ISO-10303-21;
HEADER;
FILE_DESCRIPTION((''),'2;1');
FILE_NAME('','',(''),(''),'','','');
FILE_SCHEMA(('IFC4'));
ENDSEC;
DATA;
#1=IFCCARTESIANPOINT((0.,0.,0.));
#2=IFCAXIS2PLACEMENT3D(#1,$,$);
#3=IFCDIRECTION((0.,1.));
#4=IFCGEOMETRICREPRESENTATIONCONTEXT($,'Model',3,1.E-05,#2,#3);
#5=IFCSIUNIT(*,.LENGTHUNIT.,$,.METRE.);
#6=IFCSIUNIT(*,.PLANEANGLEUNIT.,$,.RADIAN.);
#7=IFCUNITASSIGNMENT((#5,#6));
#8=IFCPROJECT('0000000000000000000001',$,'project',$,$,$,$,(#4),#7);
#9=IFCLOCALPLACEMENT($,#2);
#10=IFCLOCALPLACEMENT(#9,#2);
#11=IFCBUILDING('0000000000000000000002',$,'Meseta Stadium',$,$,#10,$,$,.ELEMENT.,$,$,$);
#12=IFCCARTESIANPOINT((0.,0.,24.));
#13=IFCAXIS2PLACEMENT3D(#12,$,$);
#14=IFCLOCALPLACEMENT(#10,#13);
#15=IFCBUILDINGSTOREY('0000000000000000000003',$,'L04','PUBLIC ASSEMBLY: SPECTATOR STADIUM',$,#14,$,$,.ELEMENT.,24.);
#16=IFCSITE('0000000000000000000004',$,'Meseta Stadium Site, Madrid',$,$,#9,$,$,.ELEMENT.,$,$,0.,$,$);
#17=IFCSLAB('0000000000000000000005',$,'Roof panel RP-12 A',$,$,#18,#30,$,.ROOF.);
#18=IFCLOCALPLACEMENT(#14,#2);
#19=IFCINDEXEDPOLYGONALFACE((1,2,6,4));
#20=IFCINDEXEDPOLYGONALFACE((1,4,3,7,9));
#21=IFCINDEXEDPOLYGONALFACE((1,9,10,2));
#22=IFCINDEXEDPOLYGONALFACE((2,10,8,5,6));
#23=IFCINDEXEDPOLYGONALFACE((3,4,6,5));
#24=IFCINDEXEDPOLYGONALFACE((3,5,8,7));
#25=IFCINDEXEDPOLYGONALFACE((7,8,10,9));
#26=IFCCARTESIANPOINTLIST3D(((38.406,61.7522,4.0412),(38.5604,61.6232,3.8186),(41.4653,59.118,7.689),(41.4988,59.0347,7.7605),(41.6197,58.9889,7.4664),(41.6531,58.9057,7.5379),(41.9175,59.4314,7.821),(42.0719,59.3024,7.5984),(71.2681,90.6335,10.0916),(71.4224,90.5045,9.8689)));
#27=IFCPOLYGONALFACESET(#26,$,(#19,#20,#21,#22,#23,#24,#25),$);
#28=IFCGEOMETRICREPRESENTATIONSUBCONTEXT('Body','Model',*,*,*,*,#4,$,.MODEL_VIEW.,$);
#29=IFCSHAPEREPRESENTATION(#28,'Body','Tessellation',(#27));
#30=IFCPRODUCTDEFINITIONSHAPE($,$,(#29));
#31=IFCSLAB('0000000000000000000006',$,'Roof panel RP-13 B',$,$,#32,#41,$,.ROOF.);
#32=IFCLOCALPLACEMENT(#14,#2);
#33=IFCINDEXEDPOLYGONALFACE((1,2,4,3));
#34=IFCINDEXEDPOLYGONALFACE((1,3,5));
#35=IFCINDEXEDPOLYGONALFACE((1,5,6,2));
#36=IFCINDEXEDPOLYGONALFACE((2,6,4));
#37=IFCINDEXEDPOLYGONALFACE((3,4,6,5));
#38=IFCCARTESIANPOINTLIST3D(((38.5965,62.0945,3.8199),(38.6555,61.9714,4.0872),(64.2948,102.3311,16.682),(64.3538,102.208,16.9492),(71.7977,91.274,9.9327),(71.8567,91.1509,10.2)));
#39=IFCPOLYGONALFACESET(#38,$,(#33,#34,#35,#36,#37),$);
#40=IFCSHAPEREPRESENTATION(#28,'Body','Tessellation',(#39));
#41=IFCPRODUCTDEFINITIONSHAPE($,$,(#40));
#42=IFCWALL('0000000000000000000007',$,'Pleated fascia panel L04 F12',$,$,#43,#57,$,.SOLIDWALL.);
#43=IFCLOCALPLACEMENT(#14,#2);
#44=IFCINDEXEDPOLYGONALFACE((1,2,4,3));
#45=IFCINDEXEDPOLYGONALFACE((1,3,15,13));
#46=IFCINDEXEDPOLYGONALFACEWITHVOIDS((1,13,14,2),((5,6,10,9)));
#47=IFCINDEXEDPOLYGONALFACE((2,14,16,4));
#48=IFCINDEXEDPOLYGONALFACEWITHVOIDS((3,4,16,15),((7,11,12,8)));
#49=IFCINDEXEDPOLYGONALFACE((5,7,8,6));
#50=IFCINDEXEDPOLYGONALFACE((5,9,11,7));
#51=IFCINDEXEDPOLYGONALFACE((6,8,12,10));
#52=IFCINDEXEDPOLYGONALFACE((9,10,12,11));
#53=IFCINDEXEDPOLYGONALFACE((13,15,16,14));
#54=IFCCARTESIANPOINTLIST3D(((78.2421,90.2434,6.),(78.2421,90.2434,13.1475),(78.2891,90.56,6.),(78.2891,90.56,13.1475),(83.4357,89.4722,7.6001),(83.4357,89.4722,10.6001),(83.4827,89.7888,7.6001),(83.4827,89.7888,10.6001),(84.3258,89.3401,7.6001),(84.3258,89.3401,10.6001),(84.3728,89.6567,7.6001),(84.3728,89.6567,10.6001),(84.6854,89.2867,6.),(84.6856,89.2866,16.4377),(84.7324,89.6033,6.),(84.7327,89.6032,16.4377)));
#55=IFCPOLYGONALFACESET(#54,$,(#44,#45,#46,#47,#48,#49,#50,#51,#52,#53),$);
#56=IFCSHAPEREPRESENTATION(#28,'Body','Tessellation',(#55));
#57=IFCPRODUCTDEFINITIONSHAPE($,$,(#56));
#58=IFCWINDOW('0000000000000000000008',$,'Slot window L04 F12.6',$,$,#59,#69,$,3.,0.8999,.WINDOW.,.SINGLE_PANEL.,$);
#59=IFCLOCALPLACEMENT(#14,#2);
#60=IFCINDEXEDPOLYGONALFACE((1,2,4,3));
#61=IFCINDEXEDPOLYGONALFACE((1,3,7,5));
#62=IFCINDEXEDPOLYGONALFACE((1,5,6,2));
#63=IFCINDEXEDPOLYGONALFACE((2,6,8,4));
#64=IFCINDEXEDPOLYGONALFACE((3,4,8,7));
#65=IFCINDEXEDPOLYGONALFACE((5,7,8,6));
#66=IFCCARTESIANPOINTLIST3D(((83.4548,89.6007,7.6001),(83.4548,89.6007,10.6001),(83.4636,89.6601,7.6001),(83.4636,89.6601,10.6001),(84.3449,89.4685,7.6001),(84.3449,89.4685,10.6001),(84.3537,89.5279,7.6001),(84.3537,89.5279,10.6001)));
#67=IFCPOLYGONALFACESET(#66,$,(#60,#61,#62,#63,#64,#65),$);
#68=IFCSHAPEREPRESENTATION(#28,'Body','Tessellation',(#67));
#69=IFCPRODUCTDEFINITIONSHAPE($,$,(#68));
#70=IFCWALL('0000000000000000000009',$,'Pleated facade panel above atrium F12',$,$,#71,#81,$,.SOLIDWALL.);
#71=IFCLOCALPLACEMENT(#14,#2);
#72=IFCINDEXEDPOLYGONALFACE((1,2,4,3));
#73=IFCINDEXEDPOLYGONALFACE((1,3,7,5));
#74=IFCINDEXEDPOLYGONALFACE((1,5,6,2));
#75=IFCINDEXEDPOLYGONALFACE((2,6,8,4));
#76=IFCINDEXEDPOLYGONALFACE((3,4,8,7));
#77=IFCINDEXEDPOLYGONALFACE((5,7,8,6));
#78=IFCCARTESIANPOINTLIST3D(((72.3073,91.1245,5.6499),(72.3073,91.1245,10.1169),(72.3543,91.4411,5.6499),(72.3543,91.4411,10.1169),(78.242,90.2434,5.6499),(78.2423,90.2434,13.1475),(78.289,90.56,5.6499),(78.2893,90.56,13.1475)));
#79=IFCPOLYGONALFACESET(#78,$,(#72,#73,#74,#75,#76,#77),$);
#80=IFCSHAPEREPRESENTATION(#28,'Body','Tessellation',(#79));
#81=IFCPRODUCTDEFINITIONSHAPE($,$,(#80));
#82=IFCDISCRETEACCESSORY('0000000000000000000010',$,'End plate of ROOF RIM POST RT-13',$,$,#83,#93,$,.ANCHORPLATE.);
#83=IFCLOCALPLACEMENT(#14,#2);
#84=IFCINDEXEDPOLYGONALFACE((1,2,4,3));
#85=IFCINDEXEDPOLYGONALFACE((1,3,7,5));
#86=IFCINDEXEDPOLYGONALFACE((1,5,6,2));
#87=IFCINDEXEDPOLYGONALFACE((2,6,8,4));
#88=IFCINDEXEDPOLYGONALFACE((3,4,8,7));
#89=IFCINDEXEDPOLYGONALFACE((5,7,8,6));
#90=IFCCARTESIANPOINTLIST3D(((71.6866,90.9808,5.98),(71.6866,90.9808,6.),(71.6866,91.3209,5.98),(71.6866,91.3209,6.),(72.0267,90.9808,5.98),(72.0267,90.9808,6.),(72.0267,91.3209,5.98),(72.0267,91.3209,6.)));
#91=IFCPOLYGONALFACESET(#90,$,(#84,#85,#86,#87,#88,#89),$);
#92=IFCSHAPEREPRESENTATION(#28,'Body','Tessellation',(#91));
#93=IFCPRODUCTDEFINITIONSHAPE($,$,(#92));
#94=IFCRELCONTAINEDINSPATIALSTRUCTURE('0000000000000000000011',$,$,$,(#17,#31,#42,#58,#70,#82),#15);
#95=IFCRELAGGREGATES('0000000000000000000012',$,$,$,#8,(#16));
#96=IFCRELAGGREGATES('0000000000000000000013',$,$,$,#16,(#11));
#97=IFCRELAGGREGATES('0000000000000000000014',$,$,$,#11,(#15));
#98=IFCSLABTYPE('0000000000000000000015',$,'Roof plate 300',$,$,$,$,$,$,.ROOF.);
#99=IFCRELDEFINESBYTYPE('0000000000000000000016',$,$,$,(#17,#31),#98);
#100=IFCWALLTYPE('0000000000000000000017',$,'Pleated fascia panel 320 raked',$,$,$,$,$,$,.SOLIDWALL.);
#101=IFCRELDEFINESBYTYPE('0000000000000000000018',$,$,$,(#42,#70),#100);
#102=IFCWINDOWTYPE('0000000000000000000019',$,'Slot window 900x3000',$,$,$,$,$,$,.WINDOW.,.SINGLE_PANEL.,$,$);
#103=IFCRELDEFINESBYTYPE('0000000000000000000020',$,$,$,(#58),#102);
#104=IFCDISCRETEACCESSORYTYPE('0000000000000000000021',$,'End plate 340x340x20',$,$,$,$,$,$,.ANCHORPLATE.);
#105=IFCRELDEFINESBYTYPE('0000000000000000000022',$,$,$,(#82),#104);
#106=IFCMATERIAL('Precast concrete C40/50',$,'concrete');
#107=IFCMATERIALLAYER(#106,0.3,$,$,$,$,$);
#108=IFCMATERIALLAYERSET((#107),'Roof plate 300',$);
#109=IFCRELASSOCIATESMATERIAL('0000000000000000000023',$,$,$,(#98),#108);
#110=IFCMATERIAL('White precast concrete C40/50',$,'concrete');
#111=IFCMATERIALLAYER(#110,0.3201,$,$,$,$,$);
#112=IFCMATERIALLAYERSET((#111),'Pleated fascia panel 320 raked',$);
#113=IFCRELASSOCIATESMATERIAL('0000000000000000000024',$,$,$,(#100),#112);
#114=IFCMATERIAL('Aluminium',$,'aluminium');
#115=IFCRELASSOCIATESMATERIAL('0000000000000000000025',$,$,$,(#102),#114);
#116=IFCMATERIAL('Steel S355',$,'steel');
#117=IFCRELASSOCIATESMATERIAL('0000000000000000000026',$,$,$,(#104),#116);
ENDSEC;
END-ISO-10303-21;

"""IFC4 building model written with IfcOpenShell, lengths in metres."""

from ifc_helpers import new_model, si_unit, direction, frame, frame_2d, origin, origin_2d, place, context, subcontext, project, spatial, polyline, rectangle, outline, extrude, material, layer, layer_set, material_profile, profile_set, type_object, element, fill, save


model = new_model("IFC4")

# Units and contexts
model_context = context("Model", 3, precision=1e-05, world=origin(), true_north=direction((0.0, 1.0)))
body_context = subcontext(model_context, "Body", "Model", "MODEL_VIEW")
ifc_project = project(units=[si_unit("LENGTHUNIT", "METRE"), si_unit("PLANEANGLEUNIT", "RADIAN")], contexts=[model_context])

# Site, building, storey
site_placement = place(None, origin())
site = spatial("IfcSite", under=ifc_project, at=site_placement, Name="Meseta Stadium Site, Madrid", CompositionType="ELEMENT", RefElevation=0.0)
building_placement = place(site_placement, origin())
building = spatial("IfcBuilding", under=site, at=building_placement, Name="Meseta Stadium", CompositionType="ELEMENT")
storey_placement = place(building_placement, frame((0.0, 0.0, 24.0)))
storey = spatial("IfcBuildingStorey", under=building, at=storey_placement, Name="L04", Description="PUBLIC ASSEMBLY: SPECTATOR STADIUM", CompositionType="ELEMENT", Elevation=24.0)

# Slabs
ifc_material_1 = material(Name="Precast concrete C40/50", Category="concrete")
ifc_layer_1 = layer(ifc_material_1, 0.3)
ifc_layer_set_1 = layer_set([ifc_layer_1], Name="Roof plate 300")
slab_type = type_object("IfcSlabType", Name="Roof plate 300", PredefinedType="ROOF", material=ifc_layer_set_1)
slab_1_placement = place(storey_placement, frame((71.2681, 90.6335, 10.0916), z_axis=(-0.514467, 0.429947, 0.741936), x_axis=(-0.744054, -0.653925, -0.136991)))
element("IfcSlab", 1, at=slab_1_placement, inside=storey, type_object=slab_type, Name="Roof panel RP-12 A", PredefinedType="ROOF", context=body_context, shape_type="SweptSolid", body=[
    extrude(outline(polyline([(0.0, 0.0), (44.1662, 0.0), (43.1326, 5.4511), (43.1128, 5.3381), (42.5533, 5.4224), (0.0, 0.0)])), origin(), (0.0, 0.0, -1.0), 0.3),
])
slab_2_placement = place(storey_placement, frame((71.8567, 91.1509, 10.2), z_axis=(0.196562, -0.410215, 0.890554), x_axis=(-0.744054, -0.653925, -0.136991)))
element("IfcSlab", 2, at=slab_2_placement, inside=storey, type_object=slab_type, Name="Roof panel RP-13 B", PredefinedType="ROOF", context=body_context, shape_type="SweptSolid", body=[
    extrude(outline(polyline([(0.0, 0.0), (44.622, 0.0), (-2.5725, -14.7475), (0.0, 0.0)])), origin(), (0.0, 0.0, -1.0), 0.3),
])

# Wall, opening, window
ifc_material_2 = material(Name="White precast concrete C40/50", Category="concrete")
ifc_layer_2 = layer(ifc_material_2, 0.3201)
ifc_layer_set_2 = layer_set([ifc_layer_2], Name="Pleated fascia panel 320 raked")
wall_type = type_object("IfcWallType", Name="Pleated fascia panel 320 raked", PredefinedType="SOLIDWALL", material=ifc_layer_set_2)
wall_1_placement = place(storey_placement, frame((78.2656, 90.4016, 6.0), z_axis=(0.0, 0.0, 1.0), x_axis=(0.989154, -0.146881, 0.0)))
wall_1 = element("IfcWall", 3, at=wall_1_placement, inside=storey, type_object=wall_type, Name="Pleated fascia panel L04 F12", PredefinedType="SOLIDWALL", context=body_context, shape_type="SweptSolid", body=[
    extrude(outline(polyline([(0.0, 0.0), (6.5139, 0.0), (6.5142, 10.4377), (0.0, 7.1475), (0.0, 0.0)])), frame((0.0, 0.1602, 0.0), z_axis=(0.0, -1.0, 0.0), x_axis=(1.0, 0.0, 0.0)), (0.0, 0.0, 1.0), 0.3201),
])
opening_placement = place(wall_1_placement, frame((5.2505, 0.0, 1.6001)))
opening = element("IfcOpeningElement", 4, at=opening_placement, cuts=wall_1, PredefinedType="OPENING", context=body_context, shape_type="SweptSolid", body=[
    extrude(rectangle(XDim=0.8999, YDim=3.0, at=frame_2d((0.45, 1.5))), frame((0.0, 0.1699, 0.0), z_axis=(0.0, -1.0, 0.0), x_axis=(1.0, 0.0, 0.0)), (0.0, 0.0, 1.0), 0.3401),
])
ifc_material_3 = material(Name="Aluminium", Category="aluminium")
window_type = type_object("IfcWindowType", Name="Slot window 900x3000", PartitioningType="SINGLE_PANEL", PredefinedType="WINDOW", material=ifc_material_3)
window_placement = place(opening_placement, origin())
window = element("IfcWindow", 5, at=window_placement, inside=storey, type_object=window_type, Name="Slot window L04 F12.6", OverallHeight=3.0, OverallWidth=0.8999, PartitioningType="SINGLE_PANEL", PredefinedType="WINDOW", context=body_context, shape_type="SweptSolid", body=[
    extrude(rectangle(XDim=0.8999, YDim=3.0, at=frame_2d((0.45, 1.5))), frame((0.0, 0.03, 0.0), z_axis=(0.0, -1.0, 0.0), x_axis=(1.0, 0.0, 0.0)), (0.0, 0.0, 1.0), 0.0601),
])
fill(opening, window)

# Wall
wall_2_placement = place(storey_placement, frame((72.3308, 91.2827, 5.6499), z_axis=(0.0, 0.0, 1.0), x_axis=(0.989158, -0.146854, 0.0)))
element("IfcWall", 6, at=wall_2_placement, inside=storey, type_object=wall_type, Name="Pleated facade panel above atrium F12", PredefinedType="SOLIDWALL", context=body_context, shape_type="SweptSolid", body=[
    extrude(outline(polyline([(0.0, 0.0), (5.9998, 0.0), (6.0, 7.4976), (0.0, 4.467), (0.0, 0.0)])), frame((0.0, 0.1602, 0.0), z_axis=(0.0, -1.0, 0.0), x_axis=(1.0, 0.0, 0.0)), (0.0, 0.0, 1.0), 0.3201),
])

# Discrete accessory
ifc_material_4 = material(Name="Steel S355", Category="steel")
ifc_material_profile_1 = material_profile(ifc_material_4, rectangle(XDim=0.3401, YDim=0.3401, at=origin_2d()), Name="PL 340x340")
ifc_profile_set_1 = profile_set([ifc_material_profile_1], Name="Steel S355")
discrete_accessory_type = type_object("IfcDiscreteAccessoryType", Name="End plate 340x340x20", PredefinedType="ANCHORPLATE", material=ifc_profile_set_1)
discrete_accessory_placement = place(storey_placement, frame((71.8567, 91.1509, 5.98), z_axis=(0.0, 0.0, 1.0), x_axis=(1.0, 0.0, 0.0)))
element("IfcDiscreteAccessory", 7, at=discrete_accessory_placement, inside=storey, type_object=discrete_accessory_type, Name="End plate of ROOF RIM POST RT-13", PredefinedType="ANCHORPLATE", context=body_context, shape_type="SweptSolid", body=[
    extrude(rectangle(XDim=0.3401, YDim=0.3401, at=origin_2d()), origin(), (0.0, 0.0, 1.0), 0.02),
])

save(model, "model.ifc")
